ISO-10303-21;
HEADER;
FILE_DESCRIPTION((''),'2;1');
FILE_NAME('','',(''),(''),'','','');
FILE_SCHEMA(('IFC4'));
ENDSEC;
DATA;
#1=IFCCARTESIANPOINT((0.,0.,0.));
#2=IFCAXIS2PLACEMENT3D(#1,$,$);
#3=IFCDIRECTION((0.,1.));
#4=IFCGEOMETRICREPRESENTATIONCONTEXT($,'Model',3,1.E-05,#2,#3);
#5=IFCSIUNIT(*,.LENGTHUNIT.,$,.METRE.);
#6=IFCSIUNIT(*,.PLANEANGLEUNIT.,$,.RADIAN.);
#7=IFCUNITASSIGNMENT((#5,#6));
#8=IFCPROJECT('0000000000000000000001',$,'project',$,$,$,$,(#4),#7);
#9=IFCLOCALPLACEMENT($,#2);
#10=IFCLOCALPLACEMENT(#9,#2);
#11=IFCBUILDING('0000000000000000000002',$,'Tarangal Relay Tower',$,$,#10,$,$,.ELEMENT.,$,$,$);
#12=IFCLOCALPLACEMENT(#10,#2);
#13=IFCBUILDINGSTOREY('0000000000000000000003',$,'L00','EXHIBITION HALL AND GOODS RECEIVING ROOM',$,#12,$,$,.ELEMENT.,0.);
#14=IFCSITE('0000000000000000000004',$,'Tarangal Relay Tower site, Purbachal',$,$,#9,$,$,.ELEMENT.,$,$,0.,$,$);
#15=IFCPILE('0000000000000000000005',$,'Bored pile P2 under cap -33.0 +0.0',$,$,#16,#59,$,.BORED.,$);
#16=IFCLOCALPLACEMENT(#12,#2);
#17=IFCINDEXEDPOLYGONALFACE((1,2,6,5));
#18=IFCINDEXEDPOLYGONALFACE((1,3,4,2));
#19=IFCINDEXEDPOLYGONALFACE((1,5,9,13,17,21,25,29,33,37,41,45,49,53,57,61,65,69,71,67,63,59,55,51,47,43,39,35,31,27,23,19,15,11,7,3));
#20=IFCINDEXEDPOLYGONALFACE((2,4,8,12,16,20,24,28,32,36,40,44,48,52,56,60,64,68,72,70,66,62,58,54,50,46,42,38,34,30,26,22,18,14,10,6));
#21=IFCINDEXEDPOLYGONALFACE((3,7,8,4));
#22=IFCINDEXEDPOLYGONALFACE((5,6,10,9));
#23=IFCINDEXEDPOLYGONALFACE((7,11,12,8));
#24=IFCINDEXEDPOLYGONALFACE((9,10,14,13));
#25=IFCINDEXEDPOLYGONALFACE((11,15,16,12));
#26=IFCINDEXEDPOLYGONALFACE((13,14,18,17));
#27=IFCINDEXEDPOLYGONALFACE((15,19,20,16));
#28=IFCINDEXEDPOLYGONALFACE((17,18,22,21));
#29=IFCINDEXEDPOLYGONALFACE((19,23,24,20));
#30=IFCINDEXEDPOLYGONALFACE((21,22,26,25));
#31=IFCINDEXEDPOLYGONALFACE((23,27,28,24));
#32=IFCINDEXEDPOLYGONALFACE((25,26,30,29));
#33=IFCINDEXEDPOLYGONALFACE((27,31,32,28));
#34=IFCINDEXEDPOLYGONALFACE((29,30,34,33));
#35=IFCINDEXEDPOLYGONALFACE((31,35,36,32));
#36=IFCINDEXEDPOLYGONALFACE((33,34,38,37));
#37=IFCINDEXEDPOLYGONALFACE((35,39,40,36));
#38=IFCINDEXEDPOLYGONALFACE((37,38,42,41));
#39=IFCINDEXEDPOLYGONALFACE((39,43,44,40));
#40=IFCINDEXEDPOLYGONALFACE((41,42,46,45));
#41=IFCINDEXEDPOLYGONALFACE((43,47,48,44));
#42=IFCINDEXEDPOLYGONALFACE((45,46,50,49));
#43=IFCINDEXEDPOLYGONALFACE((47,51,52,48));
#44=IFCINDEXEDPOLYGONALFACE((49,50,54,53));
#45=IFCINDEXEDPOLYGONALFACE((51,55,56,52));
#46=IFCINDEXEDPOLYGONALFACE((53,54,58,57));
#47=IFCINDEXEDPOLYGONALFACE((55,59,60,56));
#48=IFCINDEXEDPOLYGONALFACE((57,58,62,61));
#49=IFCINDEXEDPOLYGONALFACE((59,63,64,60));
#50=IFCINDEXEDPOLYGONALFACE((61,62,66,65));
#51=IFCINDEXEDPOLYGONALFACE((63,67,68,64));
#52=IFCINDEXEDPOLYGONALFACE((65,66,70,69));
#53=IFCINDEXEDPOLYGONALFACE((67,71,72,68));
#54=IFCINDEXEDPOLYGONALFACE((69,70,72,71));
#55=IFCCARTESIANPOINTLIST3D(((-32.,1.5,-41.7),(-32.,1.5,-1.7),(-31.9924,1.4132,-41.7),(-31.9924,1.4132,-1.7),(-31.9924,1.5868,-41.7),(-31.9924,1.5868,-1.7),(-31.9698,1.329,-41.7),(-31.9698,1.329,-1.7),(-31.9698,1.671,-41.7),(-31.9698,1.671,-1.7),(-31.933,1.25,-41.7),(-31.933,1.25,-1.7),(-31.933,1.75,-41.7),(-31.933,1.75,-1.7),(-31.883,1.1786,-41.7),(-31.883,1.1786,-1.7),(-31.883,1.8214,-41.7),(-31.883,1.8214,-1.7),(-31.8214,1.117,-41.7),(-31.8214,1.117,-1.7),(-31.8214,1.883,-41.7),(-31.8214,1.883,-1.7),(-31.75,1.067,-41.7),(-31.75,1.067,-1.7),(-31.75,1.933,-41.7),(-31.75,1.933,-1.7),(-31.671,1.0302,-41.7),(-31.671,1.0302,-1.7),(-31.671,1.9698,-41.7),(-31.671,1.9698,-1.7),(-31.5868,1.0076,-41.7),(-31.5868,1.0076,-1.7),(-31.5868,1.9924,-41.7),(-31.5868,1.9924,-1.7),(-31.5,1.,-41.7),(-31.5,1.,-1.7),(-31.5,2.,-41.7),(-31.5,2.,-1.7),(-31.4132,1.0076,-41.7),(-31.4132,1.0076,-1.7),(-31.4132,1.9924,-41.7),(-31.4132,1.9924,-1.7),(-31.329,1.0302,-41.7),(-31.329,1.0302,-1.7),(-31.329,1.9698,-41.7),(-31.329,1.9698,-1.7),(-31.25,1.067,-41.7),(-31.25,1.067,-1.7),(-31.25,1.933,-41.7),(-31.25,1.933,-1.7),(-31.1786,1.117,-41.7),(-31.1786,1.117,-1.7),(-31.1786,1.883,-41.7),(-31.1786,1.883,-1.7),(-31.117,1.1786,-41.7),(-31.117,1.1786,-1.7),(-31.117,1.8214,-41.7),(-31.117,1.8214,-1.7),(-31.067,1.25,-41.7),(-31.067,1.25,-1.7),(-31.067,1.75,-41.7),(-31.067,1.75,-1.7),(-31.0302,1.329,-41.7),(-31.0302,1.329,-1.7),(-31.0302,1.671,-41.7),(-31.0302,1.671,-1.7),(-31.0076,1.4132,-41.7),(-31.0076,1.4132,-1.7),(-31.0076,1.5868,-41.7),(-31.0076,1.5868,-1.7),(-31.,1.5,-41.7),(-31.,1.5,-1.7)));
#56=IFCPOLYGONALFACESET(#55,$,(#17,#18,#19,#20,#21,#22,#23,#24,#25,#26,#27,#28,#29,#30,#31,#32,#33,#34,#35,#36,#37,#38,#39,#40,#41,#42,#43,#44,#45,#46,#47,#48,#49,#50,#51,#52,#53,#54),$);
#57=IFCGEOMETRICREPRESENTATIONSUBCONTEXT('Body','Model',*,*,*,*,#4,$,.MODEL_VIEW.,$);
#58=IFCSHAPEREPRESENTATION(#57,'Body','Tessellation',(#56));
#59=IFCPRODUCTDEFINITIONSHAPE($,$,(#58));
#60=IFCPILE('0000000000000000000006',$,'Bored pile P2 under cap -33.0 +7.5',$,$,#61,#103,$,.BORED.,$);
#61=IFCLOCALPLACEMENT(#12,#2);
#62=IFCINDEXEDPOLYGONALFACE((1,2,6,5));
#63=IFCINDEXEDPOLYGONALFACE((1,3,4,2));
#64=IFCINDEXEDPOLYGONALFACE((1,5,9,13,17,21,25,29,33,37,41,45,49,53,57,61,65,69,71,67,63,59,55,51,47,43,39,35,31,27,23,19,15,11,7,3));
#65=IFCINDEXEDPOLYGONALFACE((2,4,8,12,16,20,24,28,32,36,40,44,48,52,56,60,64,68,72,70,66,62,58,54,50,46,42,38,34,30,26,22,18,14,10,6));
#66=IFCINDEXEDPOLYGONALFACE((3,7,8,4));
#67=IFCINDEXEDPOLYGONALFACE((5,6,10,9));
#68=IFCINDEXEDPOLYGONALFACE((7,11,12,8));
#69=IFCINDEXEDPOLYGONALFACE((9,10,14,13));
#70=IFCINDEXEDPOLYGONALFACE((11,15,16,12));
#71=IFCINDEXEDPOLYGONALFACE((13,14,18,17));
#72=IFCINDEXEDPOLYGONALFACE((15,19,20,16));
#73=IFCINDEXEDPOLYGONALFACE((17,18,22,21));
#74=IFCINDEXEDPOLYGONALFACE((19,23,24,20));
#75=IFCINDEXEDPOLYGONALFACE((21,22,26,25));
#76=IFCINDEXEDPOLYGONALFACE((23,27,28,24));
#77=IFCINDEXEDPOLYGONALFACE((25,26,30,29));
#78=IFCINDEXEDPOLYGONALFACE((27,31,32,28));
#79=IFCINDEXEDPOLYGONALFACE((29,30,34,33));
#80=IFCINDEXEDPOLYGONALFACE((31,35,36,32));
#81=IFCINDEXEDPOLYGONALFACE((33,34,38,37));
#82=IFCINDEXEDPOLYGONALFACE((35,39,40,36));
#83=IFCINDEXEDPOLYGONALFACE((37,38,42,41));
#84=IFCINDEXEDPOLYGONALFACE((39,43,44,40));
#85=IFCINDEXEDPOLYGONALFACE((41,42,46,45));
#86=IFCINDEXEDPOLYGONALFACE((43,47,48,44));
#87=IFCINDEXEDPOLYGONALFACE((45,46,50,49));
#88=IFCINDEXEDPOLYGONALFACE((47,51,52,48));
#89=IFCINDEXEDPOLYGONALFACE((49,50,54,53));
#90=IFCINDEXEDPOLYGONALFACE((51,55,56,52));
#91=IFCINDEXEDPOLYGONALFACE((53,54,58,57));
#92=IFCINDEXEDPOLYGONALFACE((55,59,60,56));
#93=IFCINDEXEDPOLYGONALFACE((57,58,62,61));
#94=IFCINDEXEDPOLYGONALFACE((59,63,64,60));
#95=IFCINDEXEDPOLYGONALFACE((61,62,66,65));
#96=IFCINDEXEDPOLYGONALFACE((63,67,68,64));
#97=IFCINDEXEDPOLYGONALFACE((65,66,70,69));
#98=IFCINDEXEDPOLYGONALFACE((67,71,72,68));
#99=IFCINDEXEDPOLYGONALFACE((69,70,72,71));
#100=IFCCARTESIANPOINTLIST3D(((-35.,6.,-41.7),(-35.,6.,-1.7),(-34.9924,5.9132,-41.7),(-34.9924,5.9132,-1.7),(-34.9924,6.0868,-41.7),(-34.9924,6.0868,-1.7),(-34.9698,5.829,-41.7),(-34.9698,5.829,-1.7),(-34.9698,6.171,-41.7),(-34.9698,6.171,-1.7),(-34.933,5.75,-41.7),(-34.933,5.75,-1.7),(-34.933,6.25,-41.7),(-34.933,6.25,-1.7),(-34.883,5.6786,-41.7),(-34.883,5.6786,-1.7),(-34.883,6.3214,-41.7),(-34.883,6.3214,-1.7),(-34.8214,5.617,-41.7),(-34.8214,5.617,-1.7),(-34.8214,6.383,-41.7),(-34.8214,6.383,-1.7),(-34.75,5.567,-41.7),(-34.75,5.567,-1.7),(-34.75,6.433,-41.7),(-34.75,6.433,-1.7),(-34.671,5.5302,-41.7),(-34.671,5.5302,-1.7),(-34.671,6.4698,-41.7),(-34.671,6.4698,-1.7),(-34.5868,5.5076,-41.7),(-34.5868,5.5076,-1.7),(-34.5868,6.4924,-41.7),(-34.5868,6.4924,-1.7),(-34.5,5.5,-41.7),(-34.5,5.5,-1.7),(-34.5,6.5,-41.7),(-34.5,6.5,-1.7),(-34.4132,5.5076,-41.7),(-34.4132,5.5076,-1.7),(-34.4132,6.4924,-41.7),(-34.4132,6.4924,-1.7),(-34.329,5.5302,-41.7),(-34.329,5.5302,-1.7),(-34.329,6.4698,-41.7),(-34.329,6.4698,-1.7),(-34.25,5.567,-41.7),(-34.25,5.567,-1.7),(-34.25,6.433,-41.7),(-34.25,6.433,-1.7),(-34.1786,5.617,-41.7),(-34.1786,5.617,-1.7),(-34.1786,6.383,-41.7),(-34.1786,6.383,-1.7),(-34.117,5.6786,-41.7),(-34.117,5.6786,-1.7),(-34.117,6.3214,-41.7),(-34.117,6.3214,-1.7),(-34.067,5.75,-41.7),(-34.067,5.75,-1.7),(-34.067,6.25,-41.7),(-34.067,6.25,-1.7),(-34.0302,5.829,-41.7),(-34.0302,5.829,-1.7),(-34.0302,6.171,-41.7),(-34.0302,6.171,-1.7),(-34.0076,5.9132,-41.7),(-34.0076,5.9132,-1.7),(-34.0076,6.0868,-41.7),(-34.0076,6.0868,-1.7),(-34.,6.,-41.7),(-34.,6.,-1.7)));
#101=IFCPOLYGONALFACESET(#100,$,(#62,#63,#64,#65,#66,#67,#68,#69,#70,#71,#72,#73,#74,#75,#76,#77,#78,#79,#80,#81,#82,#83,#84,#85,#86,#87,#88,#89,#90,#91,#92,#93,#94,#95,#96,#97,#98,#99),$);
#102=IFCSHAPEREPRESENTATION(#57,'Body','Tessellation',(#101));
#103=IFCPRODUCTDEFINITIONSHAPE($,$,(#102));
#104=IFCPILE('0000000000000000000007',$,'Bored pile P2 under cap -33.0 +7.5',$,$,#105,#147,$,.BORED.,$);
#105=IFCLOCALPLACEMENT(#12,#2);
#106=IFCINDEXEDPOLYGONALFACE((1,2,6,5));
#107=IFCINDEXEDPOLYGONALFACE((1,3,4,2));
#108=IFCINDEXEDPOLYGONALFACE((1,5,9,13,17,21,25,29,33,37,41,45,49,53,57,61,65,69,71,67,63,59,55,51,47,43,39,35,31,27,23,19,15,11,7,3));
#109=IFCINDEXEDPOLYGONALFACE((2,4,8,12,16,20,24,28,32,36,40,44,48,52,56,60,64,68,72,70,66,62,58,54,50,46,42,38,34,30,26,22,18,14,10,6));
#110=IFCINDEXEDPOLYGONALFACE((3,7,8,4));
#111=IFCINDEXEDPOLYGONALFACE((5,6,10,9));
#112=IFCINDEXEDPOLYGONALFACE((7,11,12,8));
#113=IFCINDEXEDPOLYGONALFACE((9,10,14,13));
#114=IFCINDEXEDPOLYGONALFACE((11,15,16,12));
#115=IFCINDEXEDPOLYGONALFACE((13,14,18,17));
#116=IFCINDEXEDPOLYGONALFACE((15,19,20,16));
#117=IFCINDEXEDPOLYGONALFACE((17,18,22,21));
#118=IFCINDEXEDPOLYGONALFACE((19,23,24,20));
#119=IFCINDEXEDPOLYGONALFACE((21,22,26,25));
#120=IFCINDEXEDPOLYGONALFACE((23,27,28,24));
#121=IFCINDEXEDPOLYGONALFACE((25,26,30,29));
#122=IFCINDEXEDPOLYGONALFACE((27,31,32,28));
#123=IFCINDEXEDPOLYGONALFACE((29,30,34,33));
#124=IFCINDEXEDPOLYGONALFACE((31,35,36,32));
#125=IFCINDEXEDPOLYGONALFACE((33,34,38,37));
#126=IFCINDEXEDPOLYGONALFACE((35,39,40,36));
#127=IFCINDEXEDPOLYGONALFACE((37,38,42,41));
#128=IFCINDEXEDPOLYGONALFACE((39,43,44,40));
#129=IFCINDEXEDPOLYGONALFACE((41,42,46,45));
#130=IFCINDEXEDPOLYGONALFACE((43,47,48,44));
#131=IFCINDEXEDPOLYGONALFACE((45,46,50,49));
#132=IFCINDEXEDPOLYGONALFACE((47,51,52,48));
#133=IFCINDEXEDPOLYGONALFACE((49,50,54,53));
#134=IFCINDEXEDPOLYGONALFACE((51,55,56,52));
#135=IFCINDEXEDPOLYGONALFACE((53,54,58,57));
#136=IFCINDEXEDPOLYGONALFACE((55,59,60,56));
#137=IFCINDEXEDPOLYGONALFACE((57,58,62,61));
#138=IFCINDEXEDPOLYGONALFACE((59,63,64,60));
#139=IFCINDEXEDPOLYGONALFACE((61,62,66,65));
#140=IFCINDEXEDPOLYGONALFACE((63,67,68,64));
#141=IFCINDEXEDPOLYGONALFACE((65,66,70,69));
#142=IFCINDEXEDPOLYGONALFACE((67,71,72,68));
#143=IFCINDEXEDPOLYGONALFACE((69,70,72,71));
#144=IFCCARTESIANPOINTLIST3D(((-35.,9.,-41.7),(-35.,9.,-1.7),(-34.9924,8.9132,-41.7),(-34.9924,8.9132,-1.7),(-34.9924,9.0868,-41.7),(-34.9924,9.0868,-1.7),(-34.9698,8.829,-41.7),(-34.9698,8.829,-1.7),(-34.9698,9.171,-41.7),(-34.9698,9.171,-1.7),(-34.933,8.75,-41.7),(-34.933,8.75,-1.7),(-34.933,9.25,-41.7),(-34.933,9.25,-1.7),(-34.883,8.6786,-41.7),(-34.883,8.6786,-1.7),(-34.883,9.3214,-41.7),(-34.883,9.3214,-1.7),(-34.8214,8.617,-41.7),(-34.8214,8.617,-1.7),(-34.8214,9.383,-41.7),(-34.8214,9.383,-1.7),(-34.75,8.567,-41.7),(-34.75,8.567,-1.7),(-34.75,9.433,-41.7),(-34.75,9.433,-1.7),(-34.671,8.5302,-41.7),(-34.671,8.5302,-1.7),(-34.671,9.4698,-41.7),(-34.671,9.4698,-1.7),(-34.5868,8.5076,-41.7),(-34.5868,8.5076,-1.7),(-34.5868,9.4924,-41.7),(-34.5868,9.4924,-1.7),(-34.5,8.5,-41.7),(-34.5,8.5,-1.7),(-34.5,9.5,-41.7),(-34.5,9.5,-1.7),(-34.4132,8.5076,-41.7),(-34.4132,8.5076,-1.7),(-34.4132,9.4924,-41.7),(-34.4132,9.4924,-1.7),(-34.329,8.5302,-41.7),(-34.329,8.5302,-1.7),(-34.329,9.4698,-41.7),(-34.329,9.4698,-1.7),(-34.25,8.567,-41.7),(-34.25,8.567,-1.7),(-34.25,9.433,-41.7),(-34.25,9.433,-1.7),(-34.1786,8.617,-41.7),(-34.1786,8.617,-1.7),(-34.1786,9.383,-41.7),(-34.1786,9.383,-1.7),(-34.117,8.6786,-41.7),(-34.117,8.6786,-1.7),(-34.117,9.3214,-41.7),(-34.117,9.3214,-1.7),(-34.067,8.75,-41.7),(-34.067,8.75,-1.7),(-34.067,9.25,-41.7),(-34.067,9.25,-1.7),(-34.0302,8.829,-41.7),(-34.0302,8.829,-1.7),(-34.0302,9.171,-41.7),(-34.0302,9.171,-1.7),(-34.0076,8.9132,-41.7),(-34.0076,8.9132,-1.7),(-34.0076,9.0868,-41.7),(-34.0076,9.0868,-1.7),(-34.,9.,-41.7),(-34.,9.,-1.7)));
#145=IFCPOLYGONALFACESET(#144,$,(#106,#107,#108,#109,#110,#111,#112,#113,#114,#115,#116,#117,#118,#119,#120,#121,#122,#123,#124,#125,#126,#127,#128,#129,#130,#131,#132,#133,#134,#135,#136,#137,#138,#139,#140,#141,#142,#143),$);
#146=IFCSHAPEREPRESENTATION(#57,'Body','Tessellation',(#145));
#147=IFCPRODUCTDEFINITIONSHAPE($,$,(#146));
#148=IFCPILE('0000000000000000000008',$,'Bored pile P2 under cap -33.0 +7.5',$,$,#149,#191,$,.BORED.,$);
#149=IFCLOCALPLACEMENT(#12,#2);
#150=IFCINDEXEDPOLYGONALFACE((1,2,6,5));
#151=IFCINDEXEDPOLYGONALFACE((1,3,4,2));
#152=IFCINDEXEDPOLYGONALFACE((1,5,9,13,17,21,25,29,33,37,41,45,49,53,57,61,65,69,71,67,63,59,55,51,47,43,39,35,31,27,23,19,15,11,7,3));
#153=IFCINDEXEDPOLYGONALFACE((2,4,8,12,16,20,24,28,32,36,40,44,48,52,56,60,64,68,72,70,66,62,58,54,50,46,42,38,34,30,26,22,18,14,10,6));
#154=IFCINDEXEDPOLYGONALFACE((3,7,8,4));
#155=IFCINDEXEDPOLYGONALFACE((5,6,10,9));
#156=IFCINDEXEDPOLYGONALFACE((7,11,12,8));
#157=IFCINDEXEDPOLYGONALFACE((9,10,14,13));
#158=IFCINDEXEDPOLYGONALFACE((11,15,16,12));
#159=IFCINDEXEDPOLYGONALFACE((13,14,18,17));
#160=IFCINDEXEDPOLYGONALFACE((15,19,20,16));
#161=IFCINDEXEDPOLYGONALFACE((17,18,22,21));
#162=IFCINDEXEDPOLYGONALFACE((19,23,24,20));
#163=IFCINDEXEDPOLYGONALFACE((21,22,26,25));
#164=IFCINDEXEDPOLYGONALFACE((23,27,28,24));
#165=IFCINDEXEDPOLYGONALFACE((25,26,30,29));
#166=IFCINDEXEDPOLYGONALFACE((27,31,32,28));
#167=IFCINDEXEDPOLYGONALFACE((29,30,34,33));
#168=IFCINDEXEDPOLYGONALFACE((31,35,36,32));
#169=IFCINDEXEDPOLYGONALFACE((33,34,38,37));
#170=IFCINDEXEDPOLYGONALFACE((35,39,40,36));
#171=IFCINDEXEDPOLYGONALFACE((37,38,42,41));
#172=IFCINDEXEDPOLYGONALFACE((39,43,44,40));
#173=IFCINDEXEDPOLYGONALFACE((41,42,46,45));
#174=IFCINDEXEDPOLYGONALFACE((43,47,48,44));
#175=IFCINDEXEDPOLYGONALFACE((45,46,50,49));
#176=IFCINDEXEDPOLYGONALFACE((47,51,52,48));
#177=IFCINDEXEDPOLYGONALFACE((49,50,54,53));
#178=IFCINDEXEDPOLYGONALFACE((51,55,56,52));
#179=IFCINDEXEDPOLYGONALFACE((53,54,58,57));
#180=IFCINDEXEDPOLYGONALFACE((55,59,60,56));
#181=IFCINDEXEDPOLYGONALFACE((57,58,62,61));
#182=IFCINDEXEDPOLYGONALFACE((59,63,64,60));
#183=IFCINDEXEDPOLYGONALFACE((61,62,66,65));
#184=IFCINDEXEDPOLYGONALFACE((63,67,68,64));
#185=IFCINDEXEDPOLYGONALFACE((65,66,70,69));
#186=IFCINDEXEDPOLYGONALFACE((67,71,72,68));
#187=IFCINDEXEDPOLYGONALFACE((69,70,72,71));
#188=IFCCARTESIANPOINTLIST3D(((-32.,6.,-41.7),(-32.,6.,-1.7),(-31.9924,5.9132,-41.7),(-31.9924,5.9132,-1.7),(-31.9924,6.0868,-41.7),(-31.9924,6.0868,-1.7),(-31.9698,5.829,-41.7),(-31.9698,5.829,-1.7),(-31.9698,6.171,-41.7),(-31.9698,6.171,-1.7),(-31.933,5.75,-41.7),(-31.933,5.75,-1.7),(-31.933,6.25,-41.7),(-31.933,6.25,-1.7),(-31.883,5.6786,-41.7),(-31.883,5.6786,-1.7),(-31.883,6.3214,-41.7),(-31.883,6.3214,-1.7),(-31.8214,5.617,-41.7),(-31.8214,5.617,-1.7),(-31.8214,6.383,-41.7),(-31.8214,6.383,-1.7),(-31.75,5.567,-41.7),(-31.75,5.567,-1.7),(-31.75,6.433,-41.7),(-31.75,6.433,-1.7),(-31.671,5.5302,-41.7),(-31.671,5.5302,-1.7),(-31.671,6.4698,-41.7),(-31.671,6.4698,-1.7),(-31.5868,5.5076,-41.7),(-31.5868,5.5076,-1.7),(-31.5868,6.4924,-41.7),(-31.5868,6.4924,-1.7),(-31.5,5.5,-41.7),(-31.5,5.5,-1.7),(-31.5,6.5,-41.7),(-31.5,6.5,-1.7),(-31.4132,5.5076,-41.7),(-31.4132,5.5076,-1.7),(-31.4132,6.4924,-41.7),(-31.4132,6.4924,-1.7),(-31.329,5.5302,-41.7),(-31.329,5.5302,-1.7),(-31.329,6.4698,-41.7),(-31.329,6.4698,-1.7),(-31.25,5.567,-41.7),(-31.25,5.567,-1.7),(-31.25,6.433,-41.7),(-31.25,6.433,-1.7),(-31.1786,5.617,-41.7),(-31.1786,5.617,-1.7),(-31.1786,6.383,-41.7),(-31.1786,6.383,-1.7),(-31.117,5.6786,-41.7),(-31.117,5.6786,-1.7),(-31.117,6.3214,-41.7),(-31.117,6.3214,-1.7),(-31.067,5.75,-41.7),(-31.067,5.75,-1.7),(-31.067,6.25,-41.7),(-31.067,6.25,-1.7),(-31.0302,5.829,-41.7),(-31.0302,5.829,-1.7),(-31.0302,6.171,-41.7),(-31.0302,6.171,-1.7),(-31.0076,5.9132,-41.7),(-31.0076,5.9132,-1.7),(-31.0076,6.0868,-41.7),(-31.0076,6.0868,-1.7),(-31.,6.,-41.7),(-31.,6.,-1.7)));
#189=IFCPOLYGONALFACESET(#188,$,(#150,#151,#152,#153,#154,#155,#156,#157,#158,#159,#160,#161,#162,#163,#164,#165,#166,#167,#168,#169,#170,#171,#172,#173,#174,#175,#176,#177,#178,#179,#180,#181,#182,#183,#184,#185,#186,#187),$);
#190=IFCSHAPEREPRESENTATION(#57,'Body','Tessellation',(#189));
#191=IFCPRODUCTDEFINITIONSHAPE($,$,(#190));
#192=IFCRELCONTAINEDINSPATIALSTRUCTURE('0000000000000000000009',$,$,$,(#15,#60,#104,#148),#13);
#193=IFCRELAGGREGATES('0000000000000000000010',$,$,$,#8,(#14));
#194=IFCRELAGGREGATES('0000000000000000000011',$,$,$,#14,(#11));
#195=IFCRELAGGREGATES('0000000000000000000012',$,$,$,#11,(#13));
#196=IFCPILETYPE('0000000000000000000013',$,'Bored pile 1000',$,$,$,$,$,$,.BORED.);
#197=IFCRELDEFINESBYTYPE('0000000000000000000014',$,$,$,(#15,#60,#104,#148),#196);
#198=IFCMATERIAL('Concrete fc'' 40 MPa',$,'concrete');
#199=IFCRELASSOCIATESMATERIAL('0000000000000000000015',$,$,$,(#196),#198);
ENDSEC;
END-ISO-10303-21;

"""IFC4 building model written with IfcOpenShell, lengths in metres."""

from ifc_helpers import new_model, si_unit, direction, frame, origin, origin_2d, place, context, subcontext, project, spatial, circle, extrude, material, material_profile, profile_set, type_object, element, save


model = new_model("IFC4")

# Units and contexts
model_context = context("Model", 3, precision=1e-05, world=origin(), true_north=direction((0.0, 1.0)))
body_context = subcontext(model_context, "Body", "Model", "MODEL_VIEW")
ifc_project = project(units=[si_unit("LENGTHUNIT", "METRE"), si_unit("PLANEANGLEUNIT", "RADIAN")], contexts=[model_context])

# Site, building, storey
site_placement = place(None, origin())
site = spatial("IfcSite", under=ifc_project, at=site_placement, Name="Tarangal Relay Tower site, Purbachal", CompositionType="ELEMENT", RefElevation=0.0)
building_placement = place(site_placement, origin())
building = spatial("IfcBuilding", under=site, at=building_placement, Name="Tarangal Relay Tower", CompositionType="ELEMENT")
storey_placement = place(building_placement, origin())
storey = spatial("IfcBuildingStorey", under=building, at=storey_placement, Name="L00", Description="EXHIBITION HALL AND GOODS RECEIVING ROOM", CompositionType="ELEMENT", Elevation=0.0)

# Piles
ifc_material_1 = material(Name="Concrete fc' 40 MPa", Category="concrete")
ifc_material_profile_1 = material_profile(ifc_material_1, circle(Radius=0.5, at=origin_2d()), Name="D1000")
ifc_profile_set_1 = profile_set([ifc_material_profile_1], Name="Concrete fc' 40 MPa")
pile_type_1 = type_object("IfcPileType", Name="Bored pile 1000", PredefinedType="BORED", material=ifc_profile_set_1)
for number, where, z_axis, x_axis, name in (
    (1, (-31.5, 1.5, -1.7), (0.0, 0.0, -1.0), (1.0, 0.0, 0.0), "Bored pile P2 under cap -33.0 +0.0"),
    (2, (-34.5, 6.0, -1.7), (0.0, 0.0, -1.0), (1.0, 0.0, 0.0), "Bored pile P2 under cap -33.0 +7.5"),
    (3, (-34.5, 9.0, -1.7), (0.0, 0.0, -1.0), (1.0, 0.0, 0.0), "Bored pile P2 under cap -33.0 +7.5"),
    (4, (-31.5, 6.0, -1.7), (0.0, 0.0, -1.0), (1.0, 0.0, 0.0), "Bored pile P2 under cap -33.0 +7.5"),
):
    element("IfcPile", number, at=place(storey_placement, frame(where, z_axis=z_axis, x_axis=x_axis)), inside=storey, type_object=pile_type_1, Name=name, PredefinedType="BORED", context=body_context, shape_type="SweptSolid", body=[
        extrude(circle(Radius=0.5, at=origin_2d()), origin(), (0.0, 0.0, 1.0), 40.0),
    ])

save(model, "model.ifc")
